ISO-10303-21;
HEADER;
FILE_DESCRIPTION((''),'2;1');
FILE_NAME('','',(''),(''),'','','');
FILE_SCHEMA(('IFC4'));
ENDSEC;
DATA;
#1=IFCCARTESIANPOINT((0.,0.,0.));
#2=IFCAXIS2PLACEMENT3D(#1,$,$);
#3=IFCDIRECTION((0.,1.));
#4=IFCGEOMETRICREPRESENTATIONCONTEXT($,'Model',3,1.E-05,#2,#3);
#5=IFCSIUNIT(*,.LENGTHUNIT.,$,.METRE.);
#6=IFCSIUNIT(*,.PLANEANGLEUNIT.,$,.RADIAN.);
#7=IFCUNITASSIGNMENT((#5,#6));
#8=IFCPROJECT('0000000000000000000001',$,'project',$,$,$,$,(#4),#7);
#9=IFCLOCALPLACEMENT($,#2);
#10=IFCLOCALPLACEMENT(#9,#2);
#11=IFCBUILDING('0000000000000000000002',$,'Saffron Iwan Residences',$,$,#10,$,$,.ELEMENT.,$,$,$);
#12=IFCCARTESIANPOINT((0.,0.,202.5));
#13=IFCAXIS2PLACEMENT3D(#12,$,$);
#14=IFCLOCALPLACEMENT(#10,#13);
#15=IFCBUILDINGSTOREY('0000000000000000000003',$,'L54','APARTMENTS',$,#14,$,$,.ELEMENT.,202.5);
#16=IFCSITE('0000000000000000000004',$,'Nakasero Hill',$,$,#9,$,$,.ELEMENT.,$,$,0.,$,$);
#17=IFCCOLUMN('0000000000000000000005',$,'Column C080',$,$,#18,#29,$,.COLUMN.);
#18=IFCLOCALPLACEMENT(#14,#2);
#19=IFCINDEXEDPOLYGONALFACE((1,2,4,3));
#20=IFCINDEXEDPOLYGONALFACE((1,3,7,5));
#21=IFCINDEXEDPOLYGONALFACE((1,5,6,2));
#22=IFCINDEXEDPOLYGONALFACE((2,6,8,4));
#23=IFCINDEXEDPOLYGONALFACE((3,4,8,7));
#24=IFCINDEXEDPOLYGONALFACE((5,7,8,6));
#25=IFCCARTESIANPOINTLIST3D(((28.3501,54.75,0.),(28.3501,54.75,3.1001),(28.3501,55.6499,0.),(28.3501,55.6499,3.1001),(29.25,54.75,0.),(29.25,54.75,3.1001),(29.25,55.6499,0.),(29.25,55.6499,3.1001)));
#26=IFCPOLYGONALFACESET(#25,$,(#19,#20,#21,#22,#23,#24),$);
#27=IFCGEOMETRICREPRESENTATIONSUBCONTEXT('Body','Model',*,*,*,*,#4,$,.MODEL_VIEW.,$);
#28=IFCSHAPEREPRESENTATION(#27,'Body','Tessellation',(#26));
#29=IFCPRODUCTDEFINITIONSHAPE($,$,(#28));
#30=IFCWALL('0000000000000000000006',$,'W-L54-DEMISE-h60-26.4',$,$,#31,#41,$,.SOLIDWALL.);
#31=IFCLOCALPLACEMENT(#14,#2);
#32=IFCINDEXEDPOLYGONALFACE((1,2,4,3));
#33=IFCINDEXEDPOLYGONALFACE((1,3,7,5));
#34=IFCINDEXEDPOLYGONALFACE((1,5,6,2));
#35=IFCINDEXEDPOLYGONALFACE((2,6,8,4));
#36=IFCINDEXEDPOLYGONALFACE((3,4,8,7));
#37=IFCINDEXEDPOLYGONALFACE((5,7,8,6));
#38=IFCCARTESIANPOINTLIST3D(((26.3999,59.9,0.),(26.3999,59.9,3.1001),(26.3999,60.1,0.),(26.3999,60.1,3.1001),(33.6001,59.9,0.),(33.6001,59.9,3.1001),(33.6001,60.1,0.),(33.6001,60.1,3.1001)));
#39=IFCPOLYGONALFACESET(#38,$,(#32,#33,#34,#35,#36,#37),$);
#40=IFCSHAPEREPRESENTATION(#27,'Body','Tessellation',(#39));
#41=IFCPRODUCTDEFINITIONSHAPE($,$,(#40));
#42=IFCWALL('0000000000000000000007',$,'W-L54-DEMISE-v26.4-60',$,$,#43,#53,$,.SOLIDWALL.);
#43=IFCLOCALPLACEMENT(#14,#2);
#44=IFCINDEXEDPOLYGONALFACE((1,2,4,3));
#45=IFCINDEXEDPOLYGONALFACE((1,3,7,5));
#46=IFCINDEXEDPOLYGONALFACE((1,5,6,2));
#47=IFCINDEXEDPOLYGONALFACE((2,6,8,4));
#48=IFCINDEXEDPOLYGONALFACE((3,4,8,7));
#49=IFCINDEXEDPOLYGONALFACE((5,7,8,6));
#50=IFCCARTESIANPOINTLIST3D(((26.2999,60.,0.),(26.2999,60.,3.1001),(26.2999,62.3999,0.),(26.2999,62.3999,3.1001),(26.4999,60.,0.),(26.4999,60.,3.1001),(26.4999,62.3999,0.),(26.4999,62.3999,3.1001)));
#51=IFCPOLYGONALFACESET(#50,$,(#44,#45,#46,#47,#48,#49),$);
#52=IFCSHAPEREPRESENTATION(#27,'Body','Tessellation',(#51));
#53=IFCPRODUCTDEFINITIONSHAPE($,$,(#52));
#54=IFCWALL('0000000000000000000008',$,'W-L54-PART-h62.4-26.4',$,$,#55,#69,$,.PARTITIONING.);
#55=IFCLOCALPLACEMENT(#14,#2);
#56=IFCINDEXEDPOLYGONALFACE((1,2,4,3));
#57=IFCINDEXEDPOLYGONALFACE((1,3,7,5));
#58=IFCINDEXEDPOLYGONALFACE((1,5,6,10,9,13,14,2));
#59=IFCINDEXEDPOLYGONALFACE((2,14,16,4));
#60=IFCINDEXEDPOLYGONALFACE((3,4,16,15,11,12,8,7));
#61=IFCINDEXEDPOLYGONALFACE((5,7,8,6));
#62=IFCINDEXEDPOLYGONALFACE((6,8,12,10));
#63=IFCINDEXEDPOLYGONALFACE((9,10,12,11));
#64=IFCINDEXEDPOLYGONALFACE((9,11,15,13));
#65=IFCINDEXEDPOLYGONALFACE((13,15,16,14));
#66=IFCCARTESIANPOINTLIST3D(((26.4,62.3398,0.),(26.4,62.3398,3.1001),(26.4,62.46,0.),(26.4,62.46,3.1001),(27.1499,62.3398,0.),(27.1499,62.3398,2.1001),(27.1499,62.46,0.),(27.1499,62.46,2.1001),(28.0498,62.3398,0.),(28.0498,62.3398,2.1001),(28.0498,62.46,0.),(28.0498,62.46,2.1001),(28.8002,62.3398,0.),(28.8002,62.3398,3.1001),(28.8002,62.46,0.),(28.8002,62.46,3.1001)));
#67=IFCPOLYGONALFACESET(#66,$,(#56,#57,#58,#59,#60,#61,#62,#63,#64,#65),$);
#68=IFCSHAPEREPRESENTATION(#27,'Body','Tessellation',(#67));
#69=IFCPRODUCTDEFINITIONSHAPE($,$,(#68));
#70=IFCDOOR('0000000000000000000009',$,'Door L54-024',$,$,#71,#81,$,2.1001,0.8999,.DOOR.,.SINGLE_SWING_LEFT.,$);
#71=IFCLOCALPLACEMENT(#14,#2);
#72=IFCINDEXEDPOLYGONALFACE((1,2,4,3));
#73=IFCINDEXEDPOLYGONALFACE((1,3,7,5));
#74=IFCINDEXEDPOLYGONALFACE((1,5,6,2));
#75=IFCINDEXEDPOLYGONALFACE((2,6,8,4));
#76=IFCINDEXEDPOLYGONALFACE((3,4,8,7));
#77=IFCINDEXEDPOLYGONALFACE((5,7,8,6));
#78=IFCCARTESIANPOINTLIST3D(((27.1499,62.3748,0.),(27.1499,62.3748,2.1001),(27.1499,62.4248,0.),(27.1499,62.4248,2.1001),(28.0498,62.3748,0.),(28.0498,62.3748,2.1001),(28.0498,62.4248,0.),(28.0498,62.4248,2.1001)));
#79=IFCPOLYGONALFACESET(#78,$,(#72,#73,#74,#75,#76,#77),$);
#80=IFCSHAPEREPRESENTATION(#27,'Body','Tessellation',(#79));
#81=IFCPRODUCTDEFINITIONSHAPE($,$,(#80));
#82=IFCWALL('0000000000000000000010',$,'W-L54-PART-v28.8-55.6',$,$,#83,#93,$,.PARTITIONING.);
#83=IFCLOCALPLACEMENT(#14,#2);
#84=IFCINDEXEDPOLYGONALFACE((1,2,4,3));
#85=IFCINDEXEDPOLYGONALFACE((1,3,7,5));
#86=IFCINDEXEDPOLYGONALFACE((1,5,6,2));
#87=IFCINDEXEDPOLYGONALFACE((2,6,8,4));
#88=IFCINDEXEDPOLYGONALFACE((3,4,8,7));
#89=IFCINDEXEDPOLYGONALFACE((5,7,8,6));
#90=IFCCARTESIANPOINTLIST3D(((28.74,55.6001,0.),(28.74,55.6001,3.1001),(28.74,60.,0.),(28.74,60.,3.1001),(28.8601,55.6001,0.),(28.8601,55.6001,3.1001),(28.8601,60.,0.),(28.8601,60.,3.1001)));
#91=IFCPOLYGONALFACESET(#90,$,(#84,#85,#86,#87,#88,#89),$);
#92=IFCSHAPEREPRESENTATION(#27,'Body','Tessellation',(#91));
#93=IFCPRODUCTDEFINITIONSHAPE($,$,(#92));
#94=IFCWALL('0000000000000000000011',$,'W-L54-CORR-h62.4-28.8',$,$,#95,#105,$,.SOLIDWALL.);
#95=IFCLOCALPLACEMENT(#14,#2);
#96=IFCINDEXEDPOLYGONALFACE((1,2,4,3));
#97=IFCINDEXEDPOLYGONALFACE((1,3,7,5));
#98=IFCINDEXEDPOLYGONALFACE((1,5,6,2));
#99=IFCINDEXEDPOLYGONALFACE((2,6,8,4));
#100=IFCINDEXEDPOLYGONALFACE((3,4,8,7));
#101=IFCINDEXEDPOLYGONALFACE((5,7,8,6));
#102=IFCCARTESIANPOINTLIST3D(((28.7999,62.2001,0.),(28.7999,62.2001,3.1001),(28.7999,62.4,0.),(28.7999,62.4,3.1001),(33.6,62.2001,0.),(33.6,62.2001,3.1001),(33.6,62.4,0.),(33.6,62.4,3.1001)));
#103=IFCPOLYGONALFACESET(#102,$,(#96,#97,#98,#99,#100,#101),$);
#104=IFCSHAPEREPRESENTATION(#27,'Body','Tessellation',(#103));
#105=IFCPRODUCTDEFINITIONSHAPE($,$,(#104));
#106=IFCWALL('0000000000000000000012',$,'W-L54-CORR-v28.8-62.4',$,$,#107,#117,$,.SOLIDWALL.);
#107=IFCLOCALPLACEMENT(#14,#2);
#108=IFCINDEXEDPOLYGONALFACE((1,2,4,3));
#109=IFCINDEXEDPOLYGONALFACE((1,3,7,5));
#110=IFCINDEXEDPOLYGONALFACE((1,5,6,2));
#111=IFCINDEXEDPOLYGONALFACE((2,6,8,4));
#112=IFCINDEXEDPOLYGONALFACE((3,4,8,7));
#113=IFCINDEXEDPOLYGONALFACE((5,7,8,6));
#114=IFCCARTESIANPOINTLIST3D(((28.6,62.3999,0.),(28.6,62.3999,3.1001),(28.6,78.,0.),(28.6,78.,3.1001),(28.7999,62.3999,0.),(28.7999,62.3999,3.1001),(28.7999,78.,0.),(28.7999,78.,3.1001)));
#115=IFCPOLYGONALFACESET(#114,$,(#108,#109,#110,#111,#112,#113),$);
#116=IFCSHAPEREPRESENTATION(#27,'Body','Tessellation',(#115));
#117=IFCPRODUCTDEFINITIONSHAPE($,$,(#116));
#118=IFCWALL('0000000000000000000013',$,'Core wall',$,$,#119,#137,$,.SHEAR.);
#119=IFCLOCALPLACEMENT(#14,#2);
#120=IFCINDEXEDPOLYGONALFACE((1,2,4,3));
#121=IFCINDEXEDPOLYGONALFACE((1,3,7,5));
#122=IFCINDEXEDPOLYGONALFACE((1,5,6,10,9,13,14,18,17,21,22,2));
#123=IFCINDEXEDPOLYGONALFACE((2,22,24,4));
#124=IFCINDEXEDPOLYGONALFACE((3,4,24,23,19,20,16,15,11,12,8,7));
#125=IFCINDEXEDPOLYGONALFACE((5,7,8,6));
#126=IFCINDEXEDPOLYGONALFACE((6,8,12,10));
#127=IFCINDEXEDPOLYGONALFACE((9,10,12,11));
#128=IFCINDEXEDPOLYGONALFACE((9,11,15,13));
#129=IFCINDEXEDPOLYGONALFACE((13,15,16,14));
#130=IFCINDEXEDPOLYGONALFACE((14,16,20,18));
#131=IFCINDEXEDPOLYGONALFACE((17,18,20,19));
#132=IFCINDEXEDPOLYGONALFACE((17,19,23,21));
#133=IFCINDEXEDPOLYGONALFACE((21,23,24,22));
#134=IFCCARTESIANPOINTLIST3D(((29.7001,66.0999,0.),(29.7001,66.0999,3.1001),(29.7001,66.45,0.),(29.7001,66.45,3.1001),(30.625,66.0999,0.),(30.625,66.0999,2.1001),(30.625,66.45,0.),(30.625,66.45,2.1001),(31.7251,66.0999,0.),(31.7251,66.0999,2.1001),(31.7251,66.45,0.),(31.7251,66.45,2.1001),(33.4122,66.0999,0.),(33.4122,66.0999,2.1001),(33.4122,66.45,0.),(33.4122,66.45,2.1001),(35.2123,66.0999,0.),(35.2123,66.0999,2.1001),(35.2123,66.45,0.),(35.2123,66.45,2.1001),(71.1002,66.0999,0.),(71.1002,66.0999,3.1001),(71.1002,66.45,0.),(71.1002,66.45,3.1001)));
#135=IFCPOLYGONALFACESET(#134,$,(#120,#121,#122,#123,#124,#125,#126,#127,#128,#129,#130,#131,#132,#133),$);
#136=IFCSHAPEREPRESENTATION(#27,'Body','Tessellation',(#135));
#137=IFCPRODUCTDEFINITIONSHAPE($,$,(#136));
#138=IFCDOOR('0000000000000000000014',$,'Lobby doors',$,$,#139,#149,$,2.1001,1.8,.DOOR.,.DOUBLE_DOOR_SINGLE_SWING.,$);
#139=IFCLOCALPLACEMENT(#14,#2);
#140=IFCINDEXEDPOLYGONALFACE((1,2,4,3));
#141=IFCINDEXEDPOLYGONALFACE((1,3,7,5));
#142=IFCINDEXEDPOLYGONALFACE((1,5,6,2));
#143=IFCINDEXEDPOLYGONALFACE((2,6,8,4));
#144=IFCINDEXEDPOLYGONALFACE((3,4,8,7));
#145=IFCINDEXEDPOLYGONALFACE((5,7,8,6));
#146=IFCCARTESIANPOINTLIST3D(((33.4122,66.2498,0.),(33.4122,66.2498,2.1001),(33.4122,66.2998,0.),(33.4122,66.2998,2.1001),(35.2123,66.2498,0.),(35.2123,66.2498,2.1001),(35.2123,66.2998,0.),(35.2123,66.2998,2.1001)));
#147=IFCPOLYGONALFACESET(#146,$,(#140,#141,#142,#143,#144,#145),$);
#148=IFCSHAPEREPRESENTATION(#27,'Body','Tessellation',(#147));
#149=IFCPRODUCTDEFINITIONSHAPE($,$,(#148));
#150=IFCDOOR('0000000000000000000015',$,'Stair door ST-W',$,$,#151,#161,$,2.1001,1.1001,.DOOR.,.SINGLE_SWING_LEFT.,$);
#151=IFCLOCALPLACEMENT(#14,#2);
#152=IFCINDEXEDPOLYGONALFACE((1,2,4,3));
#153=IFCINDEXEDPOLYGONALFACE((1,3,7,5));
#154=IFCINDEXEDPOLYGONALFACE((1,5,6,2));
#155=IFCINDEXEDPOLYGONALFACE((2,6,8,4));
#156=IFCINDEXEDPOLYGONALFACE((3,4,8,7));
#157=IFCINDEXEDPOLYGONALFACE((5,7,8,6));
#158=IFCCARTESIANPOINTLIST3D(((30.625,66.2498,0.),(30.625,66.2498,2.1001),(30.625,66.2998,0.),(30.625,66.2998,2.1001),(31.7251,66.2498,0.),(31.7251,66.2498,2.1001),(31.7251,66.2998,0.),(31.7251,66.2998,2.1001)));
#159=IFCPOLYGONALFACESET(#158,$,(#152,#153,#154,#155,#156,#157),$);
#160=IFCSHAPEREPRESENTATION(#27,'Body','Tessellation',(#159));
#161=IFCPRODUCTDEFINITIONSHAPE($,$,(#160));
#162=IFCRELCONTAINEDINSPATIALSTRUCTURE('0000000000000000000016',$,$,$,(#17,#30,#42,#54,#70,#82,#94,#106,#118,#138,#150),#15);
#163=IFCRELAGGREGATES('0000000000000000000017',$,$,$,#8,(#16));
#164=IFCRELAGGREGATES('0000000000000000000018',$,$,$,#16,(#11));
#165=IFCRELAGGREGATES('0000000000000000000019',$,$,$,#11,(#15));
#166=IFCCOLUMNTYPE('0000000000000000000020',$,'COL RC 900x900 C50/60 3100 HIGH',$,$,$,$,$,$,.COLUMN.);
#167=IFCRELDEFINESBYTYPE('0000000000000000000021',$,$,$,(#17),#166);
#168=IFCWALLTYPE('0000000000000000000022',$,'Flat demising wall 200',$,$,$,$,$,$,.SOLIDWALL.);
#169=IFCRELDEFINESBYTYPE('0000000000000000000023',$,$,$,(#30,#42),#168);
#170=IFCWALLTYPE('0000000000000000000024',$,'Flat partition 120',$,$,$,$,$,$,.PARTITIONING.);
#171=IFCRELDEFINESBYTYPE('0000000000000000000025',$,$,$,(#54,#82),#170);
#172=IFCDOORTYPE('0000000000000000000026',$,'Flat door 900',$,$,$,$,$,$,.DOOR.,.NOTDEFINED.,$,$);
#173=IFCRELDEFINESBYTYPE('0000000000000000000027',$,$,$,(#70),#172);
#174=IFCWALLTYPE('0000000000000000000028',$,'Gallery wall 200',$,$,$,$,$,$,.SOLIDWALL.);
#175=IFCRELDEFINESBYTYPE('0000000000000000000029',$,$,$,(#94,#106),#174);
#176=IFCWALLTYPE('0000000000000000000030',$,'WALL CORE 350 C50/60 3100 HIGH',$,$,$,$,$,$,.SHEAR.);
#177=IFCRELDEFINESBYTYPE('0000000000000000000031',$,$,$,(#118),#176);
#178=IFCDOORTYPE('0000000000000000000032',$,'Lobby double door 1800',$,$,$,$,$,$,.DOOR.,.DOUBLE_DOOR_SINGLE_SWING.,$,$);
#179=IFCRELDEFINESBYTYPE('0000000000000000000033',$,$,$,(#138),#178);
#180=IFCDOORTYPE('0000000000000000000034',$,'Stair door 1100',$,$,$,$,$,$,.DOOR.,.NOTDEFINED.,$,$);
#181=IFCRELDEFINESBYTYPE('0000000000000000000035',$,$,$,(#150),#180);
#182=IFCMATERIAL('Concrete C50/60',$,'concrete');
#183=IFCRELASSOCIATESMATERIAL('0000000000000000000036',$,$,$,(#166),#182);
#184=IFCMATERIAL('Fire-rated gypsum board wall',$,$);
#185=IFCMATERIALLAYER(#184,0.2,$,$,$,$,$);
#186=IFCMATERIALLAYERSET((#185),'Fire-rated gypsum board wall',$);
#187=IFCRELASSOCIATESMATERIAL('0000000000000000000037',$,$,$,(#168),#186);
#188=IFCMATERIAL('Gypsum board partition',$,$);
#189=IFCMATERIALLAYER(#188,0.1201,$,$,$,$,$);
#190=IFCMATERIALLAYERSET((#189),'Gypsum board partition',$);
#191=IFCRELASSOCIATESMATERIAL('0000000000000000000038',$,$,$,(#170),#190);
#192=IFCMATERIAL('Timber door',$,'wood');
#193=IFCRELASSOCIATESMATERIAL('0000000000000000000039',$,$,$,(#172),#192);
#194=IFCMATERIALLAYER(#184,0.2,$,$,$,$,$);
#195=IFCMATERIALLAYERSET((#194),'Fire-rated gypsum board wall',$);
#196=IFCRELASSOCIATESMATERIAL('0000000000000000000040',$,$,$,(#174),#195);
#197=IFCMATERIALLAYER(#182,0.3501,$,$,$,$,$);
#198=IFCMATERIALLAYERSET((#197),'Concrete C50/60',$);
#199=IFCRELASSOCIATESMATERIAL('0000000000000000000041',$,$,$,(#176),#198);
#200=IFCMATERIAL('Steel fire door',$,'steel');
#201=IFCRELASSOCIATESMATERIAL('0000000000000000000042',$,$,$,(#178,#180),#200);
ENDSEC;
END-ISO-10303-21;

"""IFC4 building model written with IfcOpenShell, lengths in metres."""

from ifc_helpers import new_model, si_unit, direction, frame, frame_2d, origin, origin_2d, place, context, subcontext, project, spatial, rectangle, extrude, source, transform, mapped, material, layer, layer_set, material_profile, profile_set, type_object, element, fill, save


model = new_model("IFC4")

# Units and contexts
model_context = context("Model", 3, precision=1e-05, world=origin(), true_north=direction((0.0, 1.0)))
body_context = subcontext(model_context, "Body", "Model", "MODEL_VIEW")
ifc_project = project(units=[si_unit("LENGTHUNIT", "METRE"), si_unit("PLANEANGLEUNIT", "RADIAN")], contexts=[model_context])

# Site, building, storey
site_placement = place(None, origin())
site = spatial("IfcSite", under=ifc_project, at=site_placement, Name="Nakasero Hill", CompositionType="ELEMENT", RefElevation=0.0)
building_placement = place(site_placement, origin())
building = spatial("IfcBuilding", under=site, at=building_placement, Name="Saffron Iwan Residences", CompositionType="ELEMENT")
storey_placement = place(building_placement, frame((0.0, 0.0, 202.5)))
storey = spatial("IfcBuildingStorey", under=building, at=storey_placement, Name="L54", Description="APARTMENTS", CompositionType="ELEMENT", Elevation=202.5)

# Column
ifc_material_1 = material(Name="Concrete C50/60", Category="concrete")
ifc_material_profile = material_profile(ifc_material_1, rectangle(XDim=0.8999, YDim=0.8999, at=origin_2d()), Name="RC 900x900")
ifc_profile_set = profile_set([ifc_material_profile], Name="Concrete C50/60")
column_type = type_object("IfcColumnType", Name="COL RC 900x900 C50/60 3100 HIGH", PredefinedType="COLUMN", material=ifc_profile_set)
shared_shape = source(origin(), body_context, "Body", "SweptSolid", [
    extrude(rectangle(XDim=0.8999, YDim=0.8999, at=origin_2d()), origin(), (0.0, 0.0, 1.0), 3.1001),
])
column_placement = place(storey_placement, frame((28.8, 55.2, 0.0), z_axis=(0.0, 0.0, 1.0), x_axis=(1.0, 0.0, 0.0)))
element("IfcColumn", 1, at=column_placement, inside=storey, type_object=column_type, Name="Column C080", PredefinedType="COLUMN", context=body_context, shape_type="MappedRepresentation", body=[
    mapped(shared_shape, transform((0.0, 0.0, 0.0))),
])

# Walls
ifc_material_2 = material(Name="Fire-rated gypsum board wall")
ifc_layer_1 = layer(ifc_material_2, 0.2)
ifc_layer_set_1 = layer_set([ifc_layer_1], Name="Fire-rated gypsum board wall")
wall_type_1 = type_object("IfcWallType", Name="Flat demising wall 200", PredefinedType="SOLIDWALL", material=ifc_layer_set_1)
wall_1_placement = place(storey_placement, frame((26.3999, 60.0, 0.0), z_axis=(0.0, 0.0, 1.0), x_axis=(1.0, 0.0, 0.0)))
element("IfcWall", 2, at=wall_1_placement, inside=storey, type_object=wall_type_1, Name="W-L54-DEMISE-h60-26.4", PredefinedType="SOLIDWALL", context=body_context, shape_type="SweptSolid", body=[
    extrude(rectangle(XDim=7.2002, YDim=0.2, at=frame_2d((3.6001, 0.0))), origin(), (0.0, 0.0, 1.0), 3.1001),
])
wall_2_placement = place(storey_placement, frame((26.3999, 60.0, 0.0), z_axis=(0.0, 0.0, 1.0), x_axis=(0.0, 1.0, 0.0)))
element("IfcWall", 3, at=wall_2_placement, inside=storey, type_object=wall_type_1, Name="W-L54-DEMISE-v26.4-60", PredefinedType="SOLIDWALL", context=body_context, shape_type="SweptSolid", body=[
    extrude(rectangle(XDim=2.3999, YDim=0.2, at=frame_2d((1.2, 0.0))), origin(), (0.0, 0.0, 1.0), 3.1001),
])

# Wall, opening, door
ifc_material_3 = material(Name="Gypsum board partition")
ifc_layer_2 = layer(ifc_material_3, 0.1201)
ifc_layer_set_2 = layer_set([ifc_layer_2], Name="Gypsum board partition")
wall_type_2 = type_object("IfcWallType", Name="Flat partition 120", PredefinedType="PARTITIONING", material=ifc_layer_set_2)
wall_3_placement = place(storey_placement, frame((26.3999, 62.3999, 0.0), z_axis=(0.0, 0.0, 1.0), x_axis=(1.0, 0.0, 0.0)))
wall_3 = element("IfcWall", 4, at=wall_3_placement, inside=storey, type_object=wall_type_2, Name="W-L54-PART-h62.4-26.4", PredefinedType="PARTITIONING", context=body_context, shape_type="SweptSolid", body=[
    extrude(rectangle(XDim=2.4001, YDim=0.1201, at=frame_2d((1.2002, 0.0))), origin(), (0.0, 0.0, 1.0), 3.1001),
])
opening_1_placement = place(wall_3_placement, frame((0.75, 0.0, 0.0)))
opening_1 = element("IfcOpeningElement", 5, at=opening_1_placement, cuts=wall_3, PredefinedType="OPENING", context=body_context, shape_type="SweptSolid", body=[
    extrude(rectangle(XDim=0.8999, YDim=2.1001, at=frame_2d((0.45, 1.05))), frame((0.0, 0.0701, 0.0), z_axis=(0.0, -1.0, 0.0), x_axis=(1.0, 0.0, 0.0)), (0.0, 0.0, 1.0), 0.1401),
])
ifc_material_4 = material(Name="Timber door", Category="wood")
door_type_1 = type_object("IfcDoorType", Name="Flat door 900", OperationType="NOTDEFINED", PredefinedType="DOOR", material=ifc_material_4)
door_1_placement = place(opening_1_placement, origin())
door_1 = element("IfcDoor", 6, at=door_1_placement, inside=storey, type_object=door_type_1, Name="Door L54-024", OperationType="SINGLE_SWING_LEFT", OverallHeight=2.1001, OverallWidth=0.8999, PredefinedType="DOOR", context=body_context, shape_type="SweptSolid", body=[
    extrude(rectangle(XDim=0.8999, YDim=2.1001, at=frame_2d((0.45, 1.05))), frame((0.0, 0.0249, 0.0), z_axis=(0.0, -1.0, 0.0), x_axis=(1.0, 0.0, 0.0)), (0.0, 0.0, 1.0), 0.05),
])
fill(opening_1, door_1)

# Walls
wall_4_placement = place(storey_placement, frame((28.8, 55.6001, 0.0), z_axis=(0.0, 0.0, 1.0), x_axis=(0.0, 1.0, 0.0)))
element("IfcWall", 7, at=wall_4_placement, inside=storey, type_object=wall_type_2, Name="W-L54-PART-v28.8-55.6", PredefinedType="PARTITIONING", context=body_context, shape_type="SweptSolid", body=[
    extrude(rectangle(XDim=4.3999, YDim=0.1201, at=frame_2d((2.2, 0.0))), origin(), (0.0, 0.0, 1.0), 3.1001),
])
ifc_layer_3 = layer(ifc_material_2, 0.2)
ifc_layer_set_3 = layer_set([ifc_layer_3], Name="Fire-rated gypsum board wall")
wall_type_3 = type_object("IfcWallType", Name="Gallery wall 200", PredefinedType="SOLIDWALL", material=ifc_layer_set_3)
wall_5_placement = place(storey_placement, frame((28.8, 62.3, 0.0), z_axis=(0.0, 0.0, 1.0), x_axis=(1.0, 0.0, 0.0)))
element("IfcWall", 8, at=wall_5_placement, inside=storey, type_object=wall_type_3, Name="W-L54-CORR-h62.4-28.8", PredefinedType="SOLIDWALL", context=body_context, shape_type="SweptSolid", body=[
    extrude(rectangle(XDim=4.8, YDim=0.2, at=frame_2d((2.3999, 0.0))), origin(), (0.0, 0.0, 1.0), 3.1001),
])
wall_6_placement = place(storey_placement, frame((28.7, 62.3999, 0.0), z_axis=(0.0, 0.0, 1.0), x_axis=(0.0, 1.0, 0.0)))
element("IfcWall", 9, at=wall_6_placement, inside=storey, type_object=wall_type_3, Name="W-L54-CORR-v28.8-62.4", PredefinedType="SOLIDWALL", context=body_context, shape_type="SweptSolid", body=[
    extrude(rectangle(XDim=15.6001, YDim=0.2, at=frame_2d((7.8, 0.0))), origin(), (0.0, 0.0, 1.0), 3.1001),
])

# Wall, openings, doors
ifc_layer_4 = layer(ifc_material_1, 0.3501)
ifc_layer_set_4 = layer_set([ifc_layer_4], Name="Concrete C50/60")
wall_type_4 = type_object("IfcWallType", Name="WALL CORE 350 C50/60 3100 HIGH", PredefinedType="SHEAR", material=ifc_layer_set_4)
wall_7_placement = place(storey_placement, frame((29.7, 66.2749, 0.0), z_axis=(0.0, 0.0, 1.0), x_axis=(1.0, 0.0, 0.0)))
wall_7 = element("IfcWall", 10, at=wall_7_placement, inside=storey, type_object=wall_type_4, Name="Core wall", PredefinedType="SHEAR", context=body_context, shape_type="SweptSolid", body=[
    extrude(rectangle(XDim=41.4001, YDim=0.3501, at=frame_2d((20.7002, 0.0))), origin(), (0.0, 0.0, 1.0), 3.1001),
])
opening_2_placement = place(wall_7_placement, frame((0.925, 0.0, 0.0)))
opening_2 = element("IfcOpeningElement", 11, at=opening_2_placement, cuts=wall_7, PredefinedType="OPENING", context=body_context, shape_type="SweptSolid", body=[
    extrude(rectangle(XDim=1.1001, YDim=2.1001, at=frame_2d((0.55, 1.05))), frame((0.0, 0.1851, 0.0), z_axis=(0.0, -1.0, 0.0), x_axis=(1.0, 0.0, 0.0)), (0.0, 0.0, 1.0), 0.3701),
])
opening_3_placement = place(wall_7_placement, frame((3.7124, 0.0, 0.0)))
opening_3 = element("IfcOpeningElement", 12, at=opening_3_placement, cuts=wall_7, PredefinedType="OPENING", context=body_context, shape_type="SweptSolid", body=[
    extrude(rectangle(XDim=1.8, YDim=2.1001, at=frame_2d((0.8999, 1.05))), frame((0.0, 0.1851, 0.0), z_axis=(0.0, -1.0, 0.0), x_axis=(1.0, 0.0, 0.0)), (0.0, 0.0, 1.0), 0.3701),
])
ifc_material_5 = material(Name="Steel fire door", Category="steel")
door_type_2 = type_object("IfcDoorType", Name="Lobby double door 1800", OperationType="DOUBLE_DOOR_SINGLE_SWING", PredefinedType="DOOR", material=ifc_material_5)
door_2_placement = place(opening_3_placement, origin())
door_2 = element("IfcDoor", 13, at=door_2_placement, inside=storey, type_object=door_type_2, Name="Lobby doors", OperationType="DOUBLE_DOOR_SINGLE_SWING", OverallHeight=2.1001, OverallWidth=1.8, PredefinedType="DOOR", context=body_context, shape_type="SweptSolid", body=[
    extrude(rectangle(XDim=1.8, YDim=2.1001, at=frame_2d((0.8999, 1.05))), frame((0.0, 0.0249, 0.0), z_axis=(0.0, -1.0, 0.0), x_axis=(1.0, 0.0, 0.0)), (0.0, 0.0, 1.0), 0.05),
])
fill(opening_3, door_2)
door_type_3 = type_object("IfcDoorType", Name="Stair door 1100", OperationType="NOTDEFINED", PredefinedType="DOOR", material=ifc_material_5)
door_3_placement = place(opening_2_placement, origin())
door_3 = element("IfcDoor", 14, at=door_3_placement, inside=storey, type_object=door_type_3, Name="Stair door ST-W", OperationType="SINGLE_SWING_LEFT", OverallHeight=2.1001, OverallWidth=1.1001, PredefinedType="DOOR", context=body_context, shape_type="SweptSolid", body=[
    extrude(rectangle(XDim=1.1001, YDim=2.1001, at=frame_2d((0.55, 1.05))), frame((0.0, 0.0249, 0.0), z_axis=(0.0, -1.0, 0.0), x_axis=(1.0, 0.0, 0.0)), (0.0, 0.0, 1.0), 0.05),
])
fill(opening_2, door_3)

save(model, "model.ifc")
